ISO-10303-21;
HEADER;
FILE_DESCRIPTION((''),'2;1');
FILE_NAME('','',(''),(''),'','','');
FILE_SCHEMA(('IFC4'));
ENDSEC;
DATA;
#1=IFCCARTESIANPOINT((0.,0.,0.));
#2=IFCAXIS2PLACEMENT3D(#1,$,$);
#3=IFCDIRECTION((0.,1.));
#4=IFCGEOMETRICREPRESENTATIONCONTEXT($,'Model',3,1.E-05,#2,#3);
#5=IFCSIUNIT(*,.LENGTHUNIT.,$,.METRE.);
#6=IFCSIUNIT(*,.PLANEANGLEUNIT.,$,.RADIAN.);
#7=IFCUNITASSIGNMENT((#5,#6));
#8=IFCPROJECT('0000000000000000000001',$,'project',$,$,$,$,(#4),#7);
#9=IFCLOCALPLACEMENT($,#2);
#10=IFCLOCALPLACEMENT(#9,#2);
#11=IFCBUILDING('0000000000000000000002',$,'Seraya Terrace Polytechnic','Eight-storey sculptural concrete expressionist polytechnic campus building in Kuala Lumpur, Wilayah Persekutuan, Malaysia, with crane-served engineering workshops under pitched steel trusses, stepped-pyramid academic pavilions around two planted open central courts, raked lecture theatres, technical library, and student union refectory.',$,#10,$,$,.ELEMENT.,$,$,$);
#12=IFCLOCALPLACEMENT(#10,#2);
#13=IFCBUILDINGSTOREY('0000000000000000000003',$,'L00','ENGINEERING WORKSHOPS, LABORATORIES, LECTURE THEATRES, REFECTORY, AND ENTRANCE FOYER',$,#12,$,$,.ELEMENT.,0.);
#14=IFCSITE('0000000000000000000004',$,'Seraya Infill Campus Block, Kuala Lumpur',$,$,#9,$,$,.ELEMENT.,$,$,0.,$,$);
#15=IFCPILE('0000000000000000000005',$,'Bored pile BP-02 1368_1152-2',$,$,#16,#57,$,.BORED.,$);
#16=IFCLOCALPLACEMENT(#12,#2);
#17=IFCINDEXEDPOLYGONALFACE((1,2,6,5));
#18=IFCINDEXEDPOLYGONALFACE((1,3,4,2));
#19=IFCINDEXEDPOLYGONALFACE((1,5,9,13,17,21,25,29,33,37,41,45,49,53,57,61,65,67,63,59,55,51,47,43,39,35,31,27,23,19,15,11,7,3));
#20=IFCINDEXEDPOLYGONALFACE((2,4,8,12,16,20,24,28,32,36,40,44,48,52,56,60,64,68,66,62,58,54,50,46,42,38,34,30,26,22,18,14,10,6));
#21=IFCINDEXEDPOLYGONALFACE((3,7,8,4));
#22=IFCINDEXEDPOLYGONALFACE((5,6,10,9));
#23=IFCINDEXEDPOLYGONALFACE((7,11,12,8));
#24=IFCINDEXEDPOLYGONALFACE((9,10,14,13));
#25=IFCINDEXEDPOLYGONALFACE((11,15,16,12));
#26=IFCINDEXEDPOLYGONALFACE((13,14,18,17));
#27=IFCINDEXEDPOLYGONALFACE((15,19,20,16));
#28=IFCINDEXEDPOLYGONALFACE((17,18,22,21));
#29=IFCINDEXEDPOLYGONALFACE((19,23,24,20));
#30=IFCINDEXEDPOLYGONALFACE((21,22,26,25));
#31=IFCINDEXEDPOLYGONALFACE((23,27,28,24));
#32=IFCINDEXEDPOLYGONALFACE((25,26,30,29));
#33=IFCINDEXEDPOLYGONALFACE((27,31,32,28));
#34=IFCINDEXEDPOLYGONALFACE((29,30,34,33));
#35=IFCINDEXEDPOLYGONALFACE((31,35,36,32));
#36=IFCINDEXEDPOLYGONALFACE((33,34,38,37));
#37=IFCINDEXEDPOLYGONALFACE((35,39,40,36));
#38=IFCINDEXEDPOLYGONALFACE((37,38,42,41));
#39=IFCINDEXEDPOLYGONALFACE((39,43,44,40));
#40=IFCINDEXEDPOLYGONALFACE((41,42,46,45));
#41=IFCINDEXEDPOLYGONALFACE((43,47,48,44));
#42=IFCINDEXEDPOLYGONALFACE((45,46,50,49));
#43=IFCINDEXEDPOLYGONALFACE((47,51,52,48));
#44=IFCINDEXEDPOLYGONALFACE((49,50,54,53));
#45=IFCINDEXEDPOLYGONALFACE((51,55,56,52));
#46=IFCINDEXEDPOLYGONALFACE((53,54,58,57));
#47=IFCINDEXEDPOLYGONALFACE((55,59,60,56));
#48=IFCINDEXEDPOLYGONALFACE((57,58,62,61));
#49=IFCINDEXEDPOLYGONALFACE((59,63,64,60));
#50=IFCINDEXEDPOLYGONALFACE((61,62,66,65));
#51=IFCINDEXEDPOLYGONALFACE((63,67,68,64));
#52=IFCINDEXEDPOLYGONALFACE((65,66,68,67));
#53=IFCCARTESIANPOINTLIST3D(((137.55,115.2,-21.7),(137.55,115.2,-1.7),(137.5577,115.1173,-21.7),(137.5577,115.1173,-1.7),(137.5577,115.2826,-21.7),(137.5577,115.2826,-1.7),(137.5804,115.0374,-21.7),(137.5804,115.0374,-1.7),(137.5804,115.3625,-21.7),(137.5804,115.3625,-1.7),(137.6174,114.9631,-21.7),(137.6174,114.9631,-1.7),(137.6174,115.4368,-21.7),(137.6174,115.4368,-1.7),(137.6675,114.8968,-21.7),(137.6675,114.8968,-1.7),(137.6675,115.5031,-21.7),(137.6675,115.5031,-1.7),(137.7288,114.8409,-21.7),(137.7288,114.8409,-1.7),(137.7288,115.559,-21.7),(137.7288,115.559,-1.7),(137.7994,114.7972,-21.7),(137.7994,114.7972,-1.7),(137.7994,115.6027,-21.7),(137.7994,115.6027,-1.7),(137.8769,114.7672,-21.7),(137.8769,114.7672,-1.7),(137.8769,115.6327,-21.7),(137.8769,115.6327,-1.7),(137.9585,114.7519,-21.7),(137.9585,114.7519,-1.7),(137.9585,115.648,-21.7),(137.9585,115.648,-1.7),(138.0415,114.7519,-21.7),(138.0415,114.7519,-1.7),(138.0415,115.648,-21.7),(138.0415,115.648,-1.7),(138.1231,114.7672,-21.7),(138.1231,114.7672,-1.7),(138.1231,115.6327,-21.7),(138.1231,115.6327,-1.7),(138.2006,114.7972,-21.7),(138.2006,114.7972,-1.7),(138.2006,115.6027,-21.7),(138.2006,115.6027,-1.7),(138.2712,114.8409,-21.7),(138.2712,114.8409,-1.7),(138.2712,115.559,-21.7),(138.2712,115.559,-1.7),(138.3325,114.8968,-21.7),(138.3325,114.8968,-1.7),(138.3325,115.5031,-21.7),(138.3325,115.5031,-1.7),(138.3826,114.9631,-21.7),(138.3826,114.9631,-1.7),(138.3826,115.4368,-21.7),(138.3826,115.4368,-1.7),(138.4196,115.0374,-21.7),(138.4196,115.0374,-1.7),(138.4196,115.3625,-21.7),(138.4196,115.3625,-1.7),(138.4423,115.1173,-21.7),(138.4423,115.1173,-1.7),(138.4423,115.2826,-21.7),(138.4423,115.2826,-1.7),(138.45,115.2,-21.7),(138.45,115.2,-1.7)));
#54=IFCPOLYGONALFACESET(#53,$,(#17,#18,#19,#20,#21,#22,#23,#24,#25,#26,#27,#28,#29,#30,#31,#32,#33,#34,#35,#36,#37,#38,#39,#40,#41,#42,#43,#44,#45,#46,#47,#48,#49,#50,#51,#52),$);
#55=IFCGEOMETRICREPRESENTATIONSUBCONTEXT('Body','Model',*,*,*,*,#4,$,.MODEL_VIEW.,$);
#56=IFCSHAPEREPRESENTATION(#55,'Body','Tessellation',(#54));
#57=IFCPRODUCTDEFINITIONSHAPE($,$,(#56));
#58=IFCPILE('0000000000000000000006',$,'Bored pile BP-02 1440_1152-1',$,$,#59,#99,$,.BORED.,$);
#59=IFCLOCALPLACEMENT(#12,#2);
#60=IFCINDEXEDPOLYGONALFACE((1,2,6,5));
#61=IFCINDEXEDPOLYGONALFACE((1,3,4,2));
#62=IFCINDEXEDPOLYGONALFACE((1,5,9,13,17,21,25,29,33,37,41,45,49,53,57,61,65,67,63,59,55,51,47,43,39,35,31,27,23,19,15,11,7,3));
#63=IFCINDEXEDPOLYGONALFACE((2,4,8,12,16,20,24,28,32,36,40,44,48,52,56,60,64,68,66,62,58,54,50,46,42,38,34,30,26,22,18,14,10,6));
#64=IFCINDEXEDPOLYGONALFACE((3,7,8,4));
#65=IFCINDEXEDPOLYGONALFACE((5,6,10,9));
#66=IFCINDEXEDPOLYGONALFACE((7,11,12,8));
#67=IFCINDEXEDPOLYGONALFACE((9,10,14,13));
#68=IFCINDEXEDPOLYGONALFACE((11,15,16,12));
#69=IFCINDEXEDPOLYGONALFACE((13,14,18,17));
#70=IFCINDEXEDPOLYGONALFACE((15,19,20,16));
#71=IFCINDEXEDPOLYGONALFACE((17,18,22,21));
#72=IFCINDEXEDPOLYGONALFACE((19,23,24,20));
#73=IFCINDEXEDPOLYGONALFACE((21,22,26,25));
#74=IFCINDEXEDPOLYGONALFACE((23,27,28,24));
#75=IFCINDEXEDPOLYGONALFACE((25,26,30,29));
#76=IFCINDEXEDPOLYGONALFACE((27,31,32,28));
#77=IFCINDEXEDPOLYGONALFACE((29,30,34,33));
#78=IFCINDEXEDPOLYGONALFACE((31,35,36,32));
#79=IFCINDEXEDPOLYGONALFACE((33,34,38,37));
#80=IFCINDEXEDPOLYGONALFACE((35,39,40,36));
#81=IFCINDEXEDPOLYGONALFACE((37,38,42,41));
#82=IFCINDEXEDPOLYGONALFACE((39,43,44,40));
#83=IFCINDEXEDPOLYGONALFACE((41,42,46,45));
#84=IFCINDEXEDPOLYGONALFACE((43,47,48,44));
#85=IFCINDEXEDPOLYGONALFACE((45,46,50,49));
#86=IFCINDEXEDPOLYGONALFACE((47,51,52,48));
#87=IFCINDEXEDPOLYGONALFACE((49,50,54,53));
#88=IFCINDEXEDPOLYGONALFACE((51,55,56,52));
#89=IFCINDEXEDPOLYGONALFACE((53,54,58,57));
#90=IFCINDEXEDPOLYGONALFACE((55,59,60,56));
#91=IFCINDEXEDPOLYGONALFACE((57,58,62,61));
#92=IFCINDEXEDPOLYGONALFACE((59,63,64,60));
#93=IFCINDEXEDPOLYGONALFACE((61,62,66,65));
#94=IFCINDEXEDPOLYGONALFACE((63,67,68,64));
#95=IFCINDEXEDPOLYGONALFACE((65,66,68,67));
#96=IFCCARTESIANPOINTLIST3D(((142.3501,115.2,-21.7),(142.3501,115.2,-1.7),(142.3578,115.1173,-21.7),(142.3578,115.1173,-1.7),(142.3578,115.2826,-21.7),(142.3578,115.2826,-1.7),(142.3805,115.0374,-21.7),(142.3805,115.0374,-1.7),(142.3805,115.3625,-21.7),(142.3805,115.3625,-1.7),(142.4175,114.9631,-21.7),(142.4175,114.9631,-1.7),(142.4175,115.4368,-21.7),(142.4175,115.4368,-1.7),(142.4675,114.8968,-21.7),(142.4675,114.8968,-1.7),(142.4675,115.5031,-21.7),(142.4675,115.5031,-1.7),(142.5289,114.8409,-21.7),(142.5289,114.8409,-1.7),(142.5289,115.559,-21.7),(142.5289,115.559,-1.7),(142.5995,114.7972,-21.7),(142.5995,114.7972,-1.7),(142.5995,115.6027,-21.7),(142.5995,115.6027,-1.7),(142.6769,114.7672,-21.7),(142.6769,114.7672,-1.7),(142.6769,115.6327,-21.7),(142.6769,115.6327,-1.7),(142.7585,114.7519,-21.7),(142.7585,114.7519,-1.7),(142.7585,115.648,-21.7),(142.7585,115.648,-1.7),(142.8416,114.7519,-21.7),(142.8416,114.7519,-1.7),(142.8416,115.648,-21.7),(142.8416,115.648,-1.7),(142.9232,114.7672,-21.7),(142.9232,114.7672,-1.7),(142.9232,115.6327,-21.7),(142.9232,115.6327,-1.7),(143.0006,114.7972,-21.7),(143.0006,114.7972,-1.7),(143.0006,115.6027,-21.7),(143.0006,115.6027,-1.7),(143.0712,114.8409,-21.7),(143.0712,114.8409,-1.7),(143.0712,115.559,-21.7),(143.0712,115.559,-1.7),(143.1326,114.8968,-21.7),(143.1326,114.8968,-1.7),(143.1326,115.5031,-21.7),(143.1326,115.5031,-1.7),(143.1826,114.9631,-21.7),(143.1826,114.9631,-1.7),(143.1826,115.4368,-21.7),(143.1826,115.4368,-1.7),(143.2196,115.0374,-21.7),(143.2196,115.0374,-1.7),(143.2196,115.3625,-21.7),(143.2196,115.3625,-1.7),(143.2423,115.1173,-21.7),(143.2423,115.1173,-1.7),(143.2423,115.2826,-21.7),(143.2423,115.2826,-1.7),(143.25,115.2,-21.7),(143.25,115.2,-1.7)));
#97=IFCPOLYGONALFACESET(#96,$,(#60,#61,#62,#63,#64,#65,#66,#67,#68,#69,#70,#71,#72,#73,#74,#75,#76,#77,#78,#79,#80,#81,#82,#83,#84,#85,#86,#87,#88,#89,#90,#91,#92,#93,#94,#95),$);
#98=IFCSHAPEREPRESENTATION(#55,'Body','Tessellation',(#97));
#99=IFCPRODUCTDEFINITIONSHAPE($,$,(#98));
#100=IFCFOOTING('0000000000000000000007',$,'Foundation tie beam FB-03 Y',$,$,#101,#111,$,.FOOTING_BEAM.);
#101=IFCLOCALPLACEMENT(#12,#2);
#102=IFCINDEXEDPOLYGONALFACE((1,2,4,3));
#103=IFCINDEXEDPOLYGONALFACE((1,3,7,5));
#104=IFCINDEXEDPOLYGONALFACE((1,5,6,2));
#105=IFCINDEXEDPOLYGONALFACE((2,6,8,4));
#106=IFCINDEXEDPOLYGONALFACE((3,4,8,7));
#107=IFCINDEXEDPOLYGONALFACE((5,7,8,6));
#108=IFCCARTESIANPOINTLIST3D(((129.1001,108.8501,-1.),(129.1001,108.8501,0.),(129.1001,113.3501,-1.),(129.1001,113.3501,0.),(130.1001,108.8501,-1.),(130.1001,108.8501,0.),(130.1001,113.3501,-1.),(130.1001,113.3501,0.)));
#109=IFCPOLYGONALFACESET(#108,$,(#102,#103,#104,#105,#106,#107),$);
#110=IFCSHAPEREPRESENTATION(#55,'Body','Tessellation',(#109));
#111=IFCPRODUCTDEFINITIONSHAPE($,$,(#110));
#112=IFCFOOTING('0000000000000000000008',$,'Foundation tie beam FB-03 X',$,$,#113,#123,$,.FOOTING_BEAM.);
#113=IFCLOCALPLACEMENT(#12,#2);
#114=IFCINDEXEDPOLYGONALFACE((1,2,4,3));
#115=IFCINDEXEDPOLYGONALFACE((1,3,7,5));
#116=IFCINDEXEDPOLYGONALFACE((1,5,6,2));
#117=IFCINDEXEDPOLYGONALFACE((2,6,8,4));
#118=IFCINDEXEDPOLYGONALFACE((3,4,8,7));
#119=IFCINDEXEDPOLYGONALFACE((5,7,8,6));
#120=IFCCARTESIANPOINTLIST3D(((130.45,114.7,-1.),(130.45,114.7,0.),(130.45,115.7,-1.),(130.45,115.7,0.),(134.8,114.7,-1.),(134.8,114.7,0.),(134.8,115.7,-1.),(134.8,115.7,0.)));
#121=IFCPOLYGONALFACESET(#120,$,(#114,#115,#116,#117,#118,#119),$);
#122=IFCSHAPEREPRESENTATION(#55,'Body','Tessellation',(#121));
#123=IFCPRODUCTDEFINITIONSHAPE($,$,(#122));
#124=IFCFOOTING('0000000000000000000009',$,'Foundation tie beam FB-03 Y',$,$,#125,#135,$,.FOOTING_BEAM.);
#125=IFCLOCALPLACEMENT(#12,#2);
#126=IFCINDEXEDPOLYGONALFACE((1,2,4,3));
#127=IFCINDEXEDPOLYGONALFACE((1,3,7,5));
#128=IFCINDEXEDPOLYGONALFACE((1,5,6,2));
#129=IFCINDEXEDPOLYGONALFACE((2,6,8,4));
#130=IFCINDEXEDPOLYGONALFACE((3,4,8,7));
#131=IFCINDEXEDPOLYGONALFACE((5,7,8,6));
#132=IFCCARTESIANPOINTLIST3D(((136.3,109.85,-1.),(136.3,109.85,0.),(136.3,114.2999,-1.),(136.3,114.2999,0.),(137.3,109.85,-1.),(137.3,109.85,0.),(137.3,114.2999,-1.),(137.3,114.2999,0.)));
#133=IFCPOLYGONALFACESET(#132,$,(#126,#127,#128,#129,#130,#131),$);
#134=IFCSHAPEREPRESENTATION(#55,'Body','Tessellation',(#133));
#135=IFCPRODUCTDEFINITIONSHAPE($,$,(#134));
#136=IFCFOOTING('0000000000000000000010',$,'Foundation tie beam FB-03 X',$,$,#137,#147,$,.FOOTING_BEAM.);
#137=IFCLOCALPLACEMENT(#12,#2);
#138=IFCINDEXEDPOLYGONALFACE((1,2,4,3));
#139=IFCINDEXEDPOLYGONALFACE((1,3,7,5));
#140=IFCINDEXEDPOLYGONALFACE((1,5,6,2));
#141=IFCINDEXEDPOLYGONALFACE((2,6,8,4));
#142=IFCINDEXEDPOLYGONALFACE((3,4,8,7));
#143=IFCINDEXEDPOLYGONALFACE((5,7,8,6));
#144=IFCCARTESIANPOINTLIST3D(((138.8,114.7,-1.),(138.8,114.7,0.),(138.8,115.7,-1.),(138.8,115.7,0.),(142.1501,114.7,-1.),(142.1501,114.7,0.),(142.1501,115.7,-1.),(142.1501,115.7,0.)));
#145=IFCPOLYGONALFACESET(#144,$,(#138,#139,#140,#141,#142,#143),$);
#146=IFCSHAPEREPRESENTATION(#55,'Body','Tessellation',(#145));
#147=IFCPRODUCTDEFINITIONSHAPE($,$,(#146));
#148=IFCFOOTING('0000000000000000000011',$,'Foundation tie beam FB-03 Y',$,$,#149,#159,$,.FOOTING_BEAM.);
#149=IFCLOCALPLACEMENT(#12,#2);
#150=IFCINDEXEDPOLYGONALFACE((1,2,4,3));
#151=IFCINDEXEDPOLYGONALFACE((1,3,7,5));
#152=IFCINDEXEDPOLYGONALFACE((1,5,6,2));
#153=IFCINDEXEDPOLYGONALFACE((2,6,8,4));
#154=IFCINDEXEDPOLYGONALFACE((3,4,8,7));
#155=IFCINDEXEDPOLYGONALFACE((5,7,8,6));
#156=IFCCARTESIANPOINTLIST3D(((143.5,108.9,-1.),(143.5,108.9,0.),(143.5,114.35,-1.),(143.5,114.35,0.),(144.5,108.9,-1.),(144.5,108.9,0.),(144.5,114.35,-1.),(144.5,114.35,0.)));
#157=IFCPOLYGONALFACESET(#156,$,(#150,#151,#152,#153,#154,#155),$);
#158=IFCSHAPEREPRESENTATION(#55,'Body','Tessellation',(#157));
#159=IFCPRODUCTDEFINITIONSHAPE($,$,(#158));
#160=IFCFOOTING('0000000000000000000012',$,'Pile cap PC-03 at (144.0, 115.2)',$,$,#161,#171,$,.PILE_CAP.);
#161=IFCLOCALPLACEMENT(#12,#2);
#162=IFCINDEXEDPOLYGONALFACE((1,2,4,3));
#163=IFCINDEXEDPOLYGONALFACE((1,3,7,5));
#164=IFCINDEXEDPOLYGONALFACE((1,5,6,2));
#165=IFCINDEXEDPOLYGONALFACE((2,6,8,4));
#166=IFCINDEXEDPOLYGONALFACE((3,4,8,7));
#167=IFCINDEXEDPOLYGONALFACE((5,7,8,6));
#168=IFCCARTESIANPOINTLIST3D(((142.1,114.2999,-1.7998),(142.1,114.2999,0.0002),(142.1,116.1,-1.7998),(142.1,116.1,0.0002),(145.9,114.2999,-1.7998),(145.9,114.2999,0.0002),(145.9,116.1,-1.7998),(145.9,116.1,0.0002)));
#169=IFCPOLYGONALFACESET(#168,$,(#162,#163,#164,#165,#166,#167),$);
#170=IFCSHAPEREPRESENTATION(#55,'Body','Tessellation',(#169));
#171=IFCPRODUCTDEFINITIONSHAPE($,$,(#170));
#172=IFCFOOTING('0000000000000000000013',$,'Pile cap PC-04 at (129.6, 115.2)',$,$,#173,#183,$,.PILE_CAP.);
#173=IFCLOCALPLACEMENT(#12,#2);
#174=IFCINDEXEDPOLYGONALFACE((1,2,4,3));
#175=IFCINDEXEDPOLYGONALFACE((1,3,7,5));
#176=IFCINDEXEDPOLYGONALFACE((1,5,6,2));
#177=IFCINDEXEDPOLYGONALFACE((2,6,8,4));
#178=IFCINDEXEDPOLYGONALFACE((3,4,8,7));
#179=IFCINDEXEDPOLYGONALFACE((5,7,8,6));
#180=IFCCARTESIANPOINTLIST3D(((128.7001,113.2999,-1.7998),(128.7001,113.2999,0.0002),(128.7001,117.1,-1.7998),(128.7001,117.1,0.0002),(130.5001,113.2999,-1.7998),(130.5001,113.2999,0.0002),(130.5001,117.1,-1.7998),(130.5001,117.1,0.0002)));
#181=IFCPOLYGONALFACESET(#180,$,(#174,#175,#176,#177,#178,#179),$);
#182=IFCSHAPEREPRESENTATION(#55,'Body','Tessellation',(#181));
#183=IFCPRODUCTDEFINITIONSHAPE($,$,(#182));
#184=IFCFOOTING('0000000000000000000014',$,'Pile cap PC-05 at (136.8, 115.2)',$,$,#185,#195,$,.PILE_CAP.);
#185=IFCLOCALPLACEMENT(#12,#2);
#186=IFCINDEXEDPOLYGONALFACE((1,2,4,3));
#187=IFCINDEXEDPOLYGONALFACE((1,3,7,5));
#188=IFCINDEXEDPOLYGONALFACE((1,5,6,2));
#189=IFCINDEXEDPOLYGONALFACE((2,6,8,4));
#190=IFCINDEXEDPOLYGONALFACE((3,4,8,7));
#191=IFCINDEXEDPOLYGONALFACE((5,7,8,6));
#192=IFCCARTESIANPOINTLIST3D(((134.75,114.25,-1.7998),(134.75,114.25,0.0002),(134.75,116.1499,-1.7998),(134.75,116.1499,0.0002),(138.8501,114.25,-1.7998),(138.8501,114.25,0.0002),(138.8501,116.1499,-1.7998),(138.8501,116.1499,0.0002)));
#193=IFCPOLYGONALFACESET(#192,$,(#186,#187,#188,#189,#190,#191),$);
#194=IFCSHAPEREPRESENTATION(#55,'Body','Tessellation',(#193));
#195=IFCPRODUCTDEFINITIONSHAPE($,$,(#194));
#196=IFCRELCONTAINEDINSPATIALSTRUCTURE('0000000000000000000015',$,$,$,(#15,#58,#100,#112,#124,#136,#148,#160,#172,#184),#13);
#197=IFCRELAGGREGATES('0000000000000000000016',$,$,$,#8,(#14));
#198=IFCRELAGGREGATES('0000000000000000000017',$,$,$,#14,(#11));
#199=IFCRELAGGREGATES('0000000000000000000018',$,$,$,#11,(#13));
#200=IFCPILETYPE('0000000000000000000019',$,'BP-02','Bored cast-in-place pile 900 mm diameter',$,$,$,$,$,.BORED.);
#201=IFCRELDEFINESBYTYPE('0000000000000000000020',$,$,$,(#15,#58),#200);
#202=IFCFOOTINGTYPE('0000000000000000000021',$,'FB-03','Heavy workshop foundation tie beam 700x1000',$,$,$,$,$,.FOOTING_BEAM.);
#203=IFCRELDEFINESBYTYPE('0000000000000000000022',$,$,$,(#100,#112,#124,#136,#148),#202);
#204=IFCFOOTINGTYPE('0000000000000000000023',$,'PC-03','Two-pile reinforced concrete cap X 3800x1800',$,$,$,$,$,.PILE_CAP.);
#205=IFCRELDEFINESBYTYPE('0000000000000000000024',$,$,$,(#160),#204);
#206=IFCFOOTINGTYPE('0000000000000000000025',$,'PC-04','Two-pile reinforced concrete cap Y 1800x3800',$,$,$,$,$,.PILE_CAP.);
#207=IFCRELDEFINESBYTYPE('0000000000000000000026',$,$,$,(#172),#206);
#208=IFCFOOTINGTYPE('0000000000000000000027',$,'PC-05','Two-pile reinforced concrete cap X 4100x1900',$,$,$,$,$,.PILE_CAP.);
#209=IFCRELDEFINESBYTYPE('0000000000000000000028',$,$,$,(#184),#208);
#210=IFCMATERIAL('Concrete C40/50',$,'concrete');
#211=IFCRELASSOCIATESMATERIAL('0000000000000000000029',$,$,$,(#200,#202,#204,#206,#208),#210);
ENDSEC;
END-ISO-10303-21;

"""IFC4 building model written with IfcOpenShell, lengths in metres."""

from ifc_helpers import new_model, si_unit, direction, frame, origin, origin_2d, place, context, subcontext, project, spatial, rectangle, circle, extrude, material, material_profile, profile_set, type_object, element, save


model = new_model("IFC4")

# Units and contexts
model_context = context("Model", 3, precision=1e-05, world=origin(), true_north=direction((0.0, 1.0)))
body_context = subcontext(model_context, "Body", "Model", "MODEL_VIEW")
ifc_project = project(units=[si_unit("LENGTHUNIT", "METRE"), si_unit("PLANEANGLEUNIT", "RADIAN")], contexts=[model_context])

# Site, building, storey
site_placement = place(None, origin())
site = spatial("IfcSite", under=ifc_project, at=site_placement, Name="Seraya Infill Campus Block, Kuala Lumpur", CompositionType="ELEMENT", RefElevation=0.0)
building_placement = place(site_placement, origin())
building = spatial("IfcBuilding", under=site, at=building_placement, Name="Seraya Terrace Polytechnic", Description="Eight-storey sculptural concrete expressionist polytechnic campus building in Kuala Lumpur, Wilayah Persekutuan, Malaysia, with crane-served engineering workshops under pitched steel trusses, stepped-pyramid academic pavilions around two planted open central courts, raked lecture theatres, technical library, and student union refectory.", CompositionType="ELEMENT")
storey_placement = place(building_placement, origin())
storey = spatial("IfcBuildingStorey", under=building, at=storey_placement, Name="L00", Description="ENGINEERING WORKSHOPS, LABORATORIES, LECTURE THEATRES, REFECTORY, AND ENTRANCE FOYER", CompositionType="ELEMENT", Elevation=0.0)

# Piles
ifc_material_1 = material(Name="Concrete C40/50", Category="concrete")
ifc_material_profile_1 = material_profile(ifc_material_1, circle(Radius=0.45, at=origin_2d()), Name="DIA 900")
ifc_profile_set_1 = profile_set([ifc_material_profile_1], Name="Concrete C40/50")
pile_type = type_object("IfcPileType", Name="BP-02", Description="Bored cast-in-place pile 900 mm diameter", PredefinedType="BORED", material=ifc_profile_set_1)
for number, where, z_axis, x_axis, name in (
    (1, (138.0, 115.2, -1.7), (0.0, 0.0, -1.0), (1.0, 0.0, 0.0), "Bored pile BP-02 1368_1152-2"),
    (2, (142.8, 115.2, -1.7), (0.0, 0.0, -1.0), (1.0, 0.0, 0.0), "Bored pile BP-02 1440_1152-1"),
):
    element("IfcPile", number, at=place(storey_placement, frame(where, z_axis=z_axis, x_axis=x_axis)), inside=storey, type_object=pile_type, Name=name, PredefinedType="BORED", context=body_context, shape_type="SweptSolid", body=[
        extrude(circle(Radius=0.45, at=origin_2d()), origin(), (0.0, 0.0, 1.0), 20.0),
    ])

# Footings
footing_type_1 = type_object("IfcFootingType", Name="FB-03", Description="Heavy workshop foundation tie beam 700x1000", PredefinedType="FOOTING_BEAM", material=ifc_material_1)
footing_1_placement = place(storey_placement, frame((129.6001, 111.1001, -1.0), z_axis=(0.0, 0.0, 1.0), x_axis=(0.0, 1.0, 0.0)))
element("IfcFooting", 3, at=footing_1_placement, inside=storey, type_object=footing_type_1, Name="Foundation tie beam FB-03 Y", PredefinedType="FOOTING_BEAM", context=body_context, shape_type="SweptSolid", body=[
    extrude(rectangle(XDim=4.5, YDim=1.0, at=origin_2d()), origin(), (0.0, 0.0, 1.0), 1.0),
])
footing_2_placement = place(storey_placement, frame((132.625, 115.2, -1.0), z_axis=(0.0, 0.0, 1.0), x_axis=(1.0, 0.0, 0.0)))
element("IfcFooting", 4, at=footing_2_placement, inside=storey, type_object=footing_type_1, Name="Foundation tie beam FB-03 X", PredefinedType="FOOTING_BEAM", context=body_context, shape_type="SweptSolid", body=[
    extrude(rectangle(XDim=4.3501, YDim=1.0, at=origin_2d()), origin(), (0.0, 0.0, 1.0), 1.0),
])
footing_3_placement = place(storey_placement, frame((136.8, 112.075, -1.0), z_axis=(0.0, 0.0, 1.0), x_axis=(0.0, 1.0, 0.0)))
element("IfcFooting", 5, at=footing_3_placement, inside=storey, type_object=footing_type_1, Name="Foundation tie beam FB-03 Y", PredefinedType="FOOTING_BEAM", context=body_context, shape_type="SweptSolid", body=[
    extrude(rectangle(XDim=4.45, YDim=1.0, at=origin_2d()), origin(), (0.0, 0.0, 1.0), 1.0),
])
footing_4_placement = place(storey_placement, frame((140.4751, 115.2, -1.0), z_axis=(0.0, 0.0, 1.0), x_axis=(1.0, 0.0, 0.0)))
element("IfcFooting", 6, at=footing_4_placement, inside=storey, type_object=footing_type_1, Name="Foundation tie beam FB-03 X", PredefinedType="FOOTING_BEAM", context=body_context, shape_type="SweptSolid", body=[
    extrude(rectangle(XDim=3.3501, YDim=1.0, at=origin_2d()), origin(), (0.0, 0.0, 1.0), 1.0),
])
footing_5_placement = place(storey_placement, frame((144.0, 111.625, -1.0), z_axis=(0.0, 0.0, 1.0), x_axis=(0.0, 1.0, 0.0)))
element("IfcFooting", 7, at=footing_5_placement, inside=storey, type_object=footing_type_1, Name="Foundation tie beam FB-03 Y", PredefinedType="FOOTING_BEAM", context=body_context, shape_type="SweptSolid", body=[
    extrude(rectangle(XDim=5.45, YDim=1.0, at=origin_2d()), origin(), (0.0, 0.0, 1.0), 1.0),
])
footing_type_2 = type_object("IfcFootingType", Name="PC-03", Description="Two-pile reinforced concrete cap X 3800x1800", PredefinedType="PILE_CAP", material=ifc_material_1)
footing_6_placement = place(storey_placement, frame((144.0, 115.2, -1.7998), z_axis=(0.0, 0.0, 1.0), x_axis=(1.0, 0.0, 0.0)))
element("IfcFooting", 8, at=footing_6_placement, inside=storey, type_object=footing_type_2, Name="Pile cap PC-03 at (144.0, 115.2)", PredefinedType="PILE_CAP", context=body_context, shape_type="SweptSolid", body=[
    extrude(rectangle(XDim=3.8, YDim=1.8, at=origin_2d()), origin(), (0.0, 0.0, 1.0), 1.8),
])
footing_type_3 = type_object("IfcFootingType", Name="PC-04", Description="Two-pile reinforced concrete cap Y 1800x3800", PredefinedType="PILE_CAP", material=ifc_material_1)
footing_7_placement = place(storey_placement, frame((129.6001, 115.2, -1.7998), z_axis=(0.0, 0.0, 1.0), x_axis=(1.0, 0.0, 0.0)))
element("IfcFooting", 9, at=footing_7_placement, inside=storey, type_object=footing_type_3, Name="Pile cap PC-04 at (129.6, 115.2)", PredefinedType="PILE_CAP", context=body_context, shape_type="SweptSolid", body=[
    extrude(rectangle(XDim=1.8, YDim=3.8, at=origin_2d()), origin(), (0.0, 0.0, 1.0), 1.8),
])
footing_type_4 = type_object("IfcFootingType", Name="PC-05", Description="Two-pile reinforced concrete cap X 4100x1900", PredefinedType="PILE_CAP", material=ifc_material_1)
for number, where, z_axis, x_axis, name in (
    (10, (136.8, 115.2, -1.7998), (0.0, 0.0, 1.0), (1.0, 0.0, 0.0), "Pile cap PC-05 at (136.8, 115.2)"),
):
    element("IfcFooting", number, at=place(storey_placement, frame(where, z_axis=z_axis, x_axis=x_axis)), inside=storey, type_object=footing_type_4, Name=name, PredefinedType="PILE_CAP", context=body_context, shape_type="SweptSolid", body=[
        extrude(rectangle(XDim=4.1001, YDim=1.8999, at=origin_2d()), origin(), (0.0, 0.0, 1.0), 1.8),
    ])

save(model, "model.ifc")
